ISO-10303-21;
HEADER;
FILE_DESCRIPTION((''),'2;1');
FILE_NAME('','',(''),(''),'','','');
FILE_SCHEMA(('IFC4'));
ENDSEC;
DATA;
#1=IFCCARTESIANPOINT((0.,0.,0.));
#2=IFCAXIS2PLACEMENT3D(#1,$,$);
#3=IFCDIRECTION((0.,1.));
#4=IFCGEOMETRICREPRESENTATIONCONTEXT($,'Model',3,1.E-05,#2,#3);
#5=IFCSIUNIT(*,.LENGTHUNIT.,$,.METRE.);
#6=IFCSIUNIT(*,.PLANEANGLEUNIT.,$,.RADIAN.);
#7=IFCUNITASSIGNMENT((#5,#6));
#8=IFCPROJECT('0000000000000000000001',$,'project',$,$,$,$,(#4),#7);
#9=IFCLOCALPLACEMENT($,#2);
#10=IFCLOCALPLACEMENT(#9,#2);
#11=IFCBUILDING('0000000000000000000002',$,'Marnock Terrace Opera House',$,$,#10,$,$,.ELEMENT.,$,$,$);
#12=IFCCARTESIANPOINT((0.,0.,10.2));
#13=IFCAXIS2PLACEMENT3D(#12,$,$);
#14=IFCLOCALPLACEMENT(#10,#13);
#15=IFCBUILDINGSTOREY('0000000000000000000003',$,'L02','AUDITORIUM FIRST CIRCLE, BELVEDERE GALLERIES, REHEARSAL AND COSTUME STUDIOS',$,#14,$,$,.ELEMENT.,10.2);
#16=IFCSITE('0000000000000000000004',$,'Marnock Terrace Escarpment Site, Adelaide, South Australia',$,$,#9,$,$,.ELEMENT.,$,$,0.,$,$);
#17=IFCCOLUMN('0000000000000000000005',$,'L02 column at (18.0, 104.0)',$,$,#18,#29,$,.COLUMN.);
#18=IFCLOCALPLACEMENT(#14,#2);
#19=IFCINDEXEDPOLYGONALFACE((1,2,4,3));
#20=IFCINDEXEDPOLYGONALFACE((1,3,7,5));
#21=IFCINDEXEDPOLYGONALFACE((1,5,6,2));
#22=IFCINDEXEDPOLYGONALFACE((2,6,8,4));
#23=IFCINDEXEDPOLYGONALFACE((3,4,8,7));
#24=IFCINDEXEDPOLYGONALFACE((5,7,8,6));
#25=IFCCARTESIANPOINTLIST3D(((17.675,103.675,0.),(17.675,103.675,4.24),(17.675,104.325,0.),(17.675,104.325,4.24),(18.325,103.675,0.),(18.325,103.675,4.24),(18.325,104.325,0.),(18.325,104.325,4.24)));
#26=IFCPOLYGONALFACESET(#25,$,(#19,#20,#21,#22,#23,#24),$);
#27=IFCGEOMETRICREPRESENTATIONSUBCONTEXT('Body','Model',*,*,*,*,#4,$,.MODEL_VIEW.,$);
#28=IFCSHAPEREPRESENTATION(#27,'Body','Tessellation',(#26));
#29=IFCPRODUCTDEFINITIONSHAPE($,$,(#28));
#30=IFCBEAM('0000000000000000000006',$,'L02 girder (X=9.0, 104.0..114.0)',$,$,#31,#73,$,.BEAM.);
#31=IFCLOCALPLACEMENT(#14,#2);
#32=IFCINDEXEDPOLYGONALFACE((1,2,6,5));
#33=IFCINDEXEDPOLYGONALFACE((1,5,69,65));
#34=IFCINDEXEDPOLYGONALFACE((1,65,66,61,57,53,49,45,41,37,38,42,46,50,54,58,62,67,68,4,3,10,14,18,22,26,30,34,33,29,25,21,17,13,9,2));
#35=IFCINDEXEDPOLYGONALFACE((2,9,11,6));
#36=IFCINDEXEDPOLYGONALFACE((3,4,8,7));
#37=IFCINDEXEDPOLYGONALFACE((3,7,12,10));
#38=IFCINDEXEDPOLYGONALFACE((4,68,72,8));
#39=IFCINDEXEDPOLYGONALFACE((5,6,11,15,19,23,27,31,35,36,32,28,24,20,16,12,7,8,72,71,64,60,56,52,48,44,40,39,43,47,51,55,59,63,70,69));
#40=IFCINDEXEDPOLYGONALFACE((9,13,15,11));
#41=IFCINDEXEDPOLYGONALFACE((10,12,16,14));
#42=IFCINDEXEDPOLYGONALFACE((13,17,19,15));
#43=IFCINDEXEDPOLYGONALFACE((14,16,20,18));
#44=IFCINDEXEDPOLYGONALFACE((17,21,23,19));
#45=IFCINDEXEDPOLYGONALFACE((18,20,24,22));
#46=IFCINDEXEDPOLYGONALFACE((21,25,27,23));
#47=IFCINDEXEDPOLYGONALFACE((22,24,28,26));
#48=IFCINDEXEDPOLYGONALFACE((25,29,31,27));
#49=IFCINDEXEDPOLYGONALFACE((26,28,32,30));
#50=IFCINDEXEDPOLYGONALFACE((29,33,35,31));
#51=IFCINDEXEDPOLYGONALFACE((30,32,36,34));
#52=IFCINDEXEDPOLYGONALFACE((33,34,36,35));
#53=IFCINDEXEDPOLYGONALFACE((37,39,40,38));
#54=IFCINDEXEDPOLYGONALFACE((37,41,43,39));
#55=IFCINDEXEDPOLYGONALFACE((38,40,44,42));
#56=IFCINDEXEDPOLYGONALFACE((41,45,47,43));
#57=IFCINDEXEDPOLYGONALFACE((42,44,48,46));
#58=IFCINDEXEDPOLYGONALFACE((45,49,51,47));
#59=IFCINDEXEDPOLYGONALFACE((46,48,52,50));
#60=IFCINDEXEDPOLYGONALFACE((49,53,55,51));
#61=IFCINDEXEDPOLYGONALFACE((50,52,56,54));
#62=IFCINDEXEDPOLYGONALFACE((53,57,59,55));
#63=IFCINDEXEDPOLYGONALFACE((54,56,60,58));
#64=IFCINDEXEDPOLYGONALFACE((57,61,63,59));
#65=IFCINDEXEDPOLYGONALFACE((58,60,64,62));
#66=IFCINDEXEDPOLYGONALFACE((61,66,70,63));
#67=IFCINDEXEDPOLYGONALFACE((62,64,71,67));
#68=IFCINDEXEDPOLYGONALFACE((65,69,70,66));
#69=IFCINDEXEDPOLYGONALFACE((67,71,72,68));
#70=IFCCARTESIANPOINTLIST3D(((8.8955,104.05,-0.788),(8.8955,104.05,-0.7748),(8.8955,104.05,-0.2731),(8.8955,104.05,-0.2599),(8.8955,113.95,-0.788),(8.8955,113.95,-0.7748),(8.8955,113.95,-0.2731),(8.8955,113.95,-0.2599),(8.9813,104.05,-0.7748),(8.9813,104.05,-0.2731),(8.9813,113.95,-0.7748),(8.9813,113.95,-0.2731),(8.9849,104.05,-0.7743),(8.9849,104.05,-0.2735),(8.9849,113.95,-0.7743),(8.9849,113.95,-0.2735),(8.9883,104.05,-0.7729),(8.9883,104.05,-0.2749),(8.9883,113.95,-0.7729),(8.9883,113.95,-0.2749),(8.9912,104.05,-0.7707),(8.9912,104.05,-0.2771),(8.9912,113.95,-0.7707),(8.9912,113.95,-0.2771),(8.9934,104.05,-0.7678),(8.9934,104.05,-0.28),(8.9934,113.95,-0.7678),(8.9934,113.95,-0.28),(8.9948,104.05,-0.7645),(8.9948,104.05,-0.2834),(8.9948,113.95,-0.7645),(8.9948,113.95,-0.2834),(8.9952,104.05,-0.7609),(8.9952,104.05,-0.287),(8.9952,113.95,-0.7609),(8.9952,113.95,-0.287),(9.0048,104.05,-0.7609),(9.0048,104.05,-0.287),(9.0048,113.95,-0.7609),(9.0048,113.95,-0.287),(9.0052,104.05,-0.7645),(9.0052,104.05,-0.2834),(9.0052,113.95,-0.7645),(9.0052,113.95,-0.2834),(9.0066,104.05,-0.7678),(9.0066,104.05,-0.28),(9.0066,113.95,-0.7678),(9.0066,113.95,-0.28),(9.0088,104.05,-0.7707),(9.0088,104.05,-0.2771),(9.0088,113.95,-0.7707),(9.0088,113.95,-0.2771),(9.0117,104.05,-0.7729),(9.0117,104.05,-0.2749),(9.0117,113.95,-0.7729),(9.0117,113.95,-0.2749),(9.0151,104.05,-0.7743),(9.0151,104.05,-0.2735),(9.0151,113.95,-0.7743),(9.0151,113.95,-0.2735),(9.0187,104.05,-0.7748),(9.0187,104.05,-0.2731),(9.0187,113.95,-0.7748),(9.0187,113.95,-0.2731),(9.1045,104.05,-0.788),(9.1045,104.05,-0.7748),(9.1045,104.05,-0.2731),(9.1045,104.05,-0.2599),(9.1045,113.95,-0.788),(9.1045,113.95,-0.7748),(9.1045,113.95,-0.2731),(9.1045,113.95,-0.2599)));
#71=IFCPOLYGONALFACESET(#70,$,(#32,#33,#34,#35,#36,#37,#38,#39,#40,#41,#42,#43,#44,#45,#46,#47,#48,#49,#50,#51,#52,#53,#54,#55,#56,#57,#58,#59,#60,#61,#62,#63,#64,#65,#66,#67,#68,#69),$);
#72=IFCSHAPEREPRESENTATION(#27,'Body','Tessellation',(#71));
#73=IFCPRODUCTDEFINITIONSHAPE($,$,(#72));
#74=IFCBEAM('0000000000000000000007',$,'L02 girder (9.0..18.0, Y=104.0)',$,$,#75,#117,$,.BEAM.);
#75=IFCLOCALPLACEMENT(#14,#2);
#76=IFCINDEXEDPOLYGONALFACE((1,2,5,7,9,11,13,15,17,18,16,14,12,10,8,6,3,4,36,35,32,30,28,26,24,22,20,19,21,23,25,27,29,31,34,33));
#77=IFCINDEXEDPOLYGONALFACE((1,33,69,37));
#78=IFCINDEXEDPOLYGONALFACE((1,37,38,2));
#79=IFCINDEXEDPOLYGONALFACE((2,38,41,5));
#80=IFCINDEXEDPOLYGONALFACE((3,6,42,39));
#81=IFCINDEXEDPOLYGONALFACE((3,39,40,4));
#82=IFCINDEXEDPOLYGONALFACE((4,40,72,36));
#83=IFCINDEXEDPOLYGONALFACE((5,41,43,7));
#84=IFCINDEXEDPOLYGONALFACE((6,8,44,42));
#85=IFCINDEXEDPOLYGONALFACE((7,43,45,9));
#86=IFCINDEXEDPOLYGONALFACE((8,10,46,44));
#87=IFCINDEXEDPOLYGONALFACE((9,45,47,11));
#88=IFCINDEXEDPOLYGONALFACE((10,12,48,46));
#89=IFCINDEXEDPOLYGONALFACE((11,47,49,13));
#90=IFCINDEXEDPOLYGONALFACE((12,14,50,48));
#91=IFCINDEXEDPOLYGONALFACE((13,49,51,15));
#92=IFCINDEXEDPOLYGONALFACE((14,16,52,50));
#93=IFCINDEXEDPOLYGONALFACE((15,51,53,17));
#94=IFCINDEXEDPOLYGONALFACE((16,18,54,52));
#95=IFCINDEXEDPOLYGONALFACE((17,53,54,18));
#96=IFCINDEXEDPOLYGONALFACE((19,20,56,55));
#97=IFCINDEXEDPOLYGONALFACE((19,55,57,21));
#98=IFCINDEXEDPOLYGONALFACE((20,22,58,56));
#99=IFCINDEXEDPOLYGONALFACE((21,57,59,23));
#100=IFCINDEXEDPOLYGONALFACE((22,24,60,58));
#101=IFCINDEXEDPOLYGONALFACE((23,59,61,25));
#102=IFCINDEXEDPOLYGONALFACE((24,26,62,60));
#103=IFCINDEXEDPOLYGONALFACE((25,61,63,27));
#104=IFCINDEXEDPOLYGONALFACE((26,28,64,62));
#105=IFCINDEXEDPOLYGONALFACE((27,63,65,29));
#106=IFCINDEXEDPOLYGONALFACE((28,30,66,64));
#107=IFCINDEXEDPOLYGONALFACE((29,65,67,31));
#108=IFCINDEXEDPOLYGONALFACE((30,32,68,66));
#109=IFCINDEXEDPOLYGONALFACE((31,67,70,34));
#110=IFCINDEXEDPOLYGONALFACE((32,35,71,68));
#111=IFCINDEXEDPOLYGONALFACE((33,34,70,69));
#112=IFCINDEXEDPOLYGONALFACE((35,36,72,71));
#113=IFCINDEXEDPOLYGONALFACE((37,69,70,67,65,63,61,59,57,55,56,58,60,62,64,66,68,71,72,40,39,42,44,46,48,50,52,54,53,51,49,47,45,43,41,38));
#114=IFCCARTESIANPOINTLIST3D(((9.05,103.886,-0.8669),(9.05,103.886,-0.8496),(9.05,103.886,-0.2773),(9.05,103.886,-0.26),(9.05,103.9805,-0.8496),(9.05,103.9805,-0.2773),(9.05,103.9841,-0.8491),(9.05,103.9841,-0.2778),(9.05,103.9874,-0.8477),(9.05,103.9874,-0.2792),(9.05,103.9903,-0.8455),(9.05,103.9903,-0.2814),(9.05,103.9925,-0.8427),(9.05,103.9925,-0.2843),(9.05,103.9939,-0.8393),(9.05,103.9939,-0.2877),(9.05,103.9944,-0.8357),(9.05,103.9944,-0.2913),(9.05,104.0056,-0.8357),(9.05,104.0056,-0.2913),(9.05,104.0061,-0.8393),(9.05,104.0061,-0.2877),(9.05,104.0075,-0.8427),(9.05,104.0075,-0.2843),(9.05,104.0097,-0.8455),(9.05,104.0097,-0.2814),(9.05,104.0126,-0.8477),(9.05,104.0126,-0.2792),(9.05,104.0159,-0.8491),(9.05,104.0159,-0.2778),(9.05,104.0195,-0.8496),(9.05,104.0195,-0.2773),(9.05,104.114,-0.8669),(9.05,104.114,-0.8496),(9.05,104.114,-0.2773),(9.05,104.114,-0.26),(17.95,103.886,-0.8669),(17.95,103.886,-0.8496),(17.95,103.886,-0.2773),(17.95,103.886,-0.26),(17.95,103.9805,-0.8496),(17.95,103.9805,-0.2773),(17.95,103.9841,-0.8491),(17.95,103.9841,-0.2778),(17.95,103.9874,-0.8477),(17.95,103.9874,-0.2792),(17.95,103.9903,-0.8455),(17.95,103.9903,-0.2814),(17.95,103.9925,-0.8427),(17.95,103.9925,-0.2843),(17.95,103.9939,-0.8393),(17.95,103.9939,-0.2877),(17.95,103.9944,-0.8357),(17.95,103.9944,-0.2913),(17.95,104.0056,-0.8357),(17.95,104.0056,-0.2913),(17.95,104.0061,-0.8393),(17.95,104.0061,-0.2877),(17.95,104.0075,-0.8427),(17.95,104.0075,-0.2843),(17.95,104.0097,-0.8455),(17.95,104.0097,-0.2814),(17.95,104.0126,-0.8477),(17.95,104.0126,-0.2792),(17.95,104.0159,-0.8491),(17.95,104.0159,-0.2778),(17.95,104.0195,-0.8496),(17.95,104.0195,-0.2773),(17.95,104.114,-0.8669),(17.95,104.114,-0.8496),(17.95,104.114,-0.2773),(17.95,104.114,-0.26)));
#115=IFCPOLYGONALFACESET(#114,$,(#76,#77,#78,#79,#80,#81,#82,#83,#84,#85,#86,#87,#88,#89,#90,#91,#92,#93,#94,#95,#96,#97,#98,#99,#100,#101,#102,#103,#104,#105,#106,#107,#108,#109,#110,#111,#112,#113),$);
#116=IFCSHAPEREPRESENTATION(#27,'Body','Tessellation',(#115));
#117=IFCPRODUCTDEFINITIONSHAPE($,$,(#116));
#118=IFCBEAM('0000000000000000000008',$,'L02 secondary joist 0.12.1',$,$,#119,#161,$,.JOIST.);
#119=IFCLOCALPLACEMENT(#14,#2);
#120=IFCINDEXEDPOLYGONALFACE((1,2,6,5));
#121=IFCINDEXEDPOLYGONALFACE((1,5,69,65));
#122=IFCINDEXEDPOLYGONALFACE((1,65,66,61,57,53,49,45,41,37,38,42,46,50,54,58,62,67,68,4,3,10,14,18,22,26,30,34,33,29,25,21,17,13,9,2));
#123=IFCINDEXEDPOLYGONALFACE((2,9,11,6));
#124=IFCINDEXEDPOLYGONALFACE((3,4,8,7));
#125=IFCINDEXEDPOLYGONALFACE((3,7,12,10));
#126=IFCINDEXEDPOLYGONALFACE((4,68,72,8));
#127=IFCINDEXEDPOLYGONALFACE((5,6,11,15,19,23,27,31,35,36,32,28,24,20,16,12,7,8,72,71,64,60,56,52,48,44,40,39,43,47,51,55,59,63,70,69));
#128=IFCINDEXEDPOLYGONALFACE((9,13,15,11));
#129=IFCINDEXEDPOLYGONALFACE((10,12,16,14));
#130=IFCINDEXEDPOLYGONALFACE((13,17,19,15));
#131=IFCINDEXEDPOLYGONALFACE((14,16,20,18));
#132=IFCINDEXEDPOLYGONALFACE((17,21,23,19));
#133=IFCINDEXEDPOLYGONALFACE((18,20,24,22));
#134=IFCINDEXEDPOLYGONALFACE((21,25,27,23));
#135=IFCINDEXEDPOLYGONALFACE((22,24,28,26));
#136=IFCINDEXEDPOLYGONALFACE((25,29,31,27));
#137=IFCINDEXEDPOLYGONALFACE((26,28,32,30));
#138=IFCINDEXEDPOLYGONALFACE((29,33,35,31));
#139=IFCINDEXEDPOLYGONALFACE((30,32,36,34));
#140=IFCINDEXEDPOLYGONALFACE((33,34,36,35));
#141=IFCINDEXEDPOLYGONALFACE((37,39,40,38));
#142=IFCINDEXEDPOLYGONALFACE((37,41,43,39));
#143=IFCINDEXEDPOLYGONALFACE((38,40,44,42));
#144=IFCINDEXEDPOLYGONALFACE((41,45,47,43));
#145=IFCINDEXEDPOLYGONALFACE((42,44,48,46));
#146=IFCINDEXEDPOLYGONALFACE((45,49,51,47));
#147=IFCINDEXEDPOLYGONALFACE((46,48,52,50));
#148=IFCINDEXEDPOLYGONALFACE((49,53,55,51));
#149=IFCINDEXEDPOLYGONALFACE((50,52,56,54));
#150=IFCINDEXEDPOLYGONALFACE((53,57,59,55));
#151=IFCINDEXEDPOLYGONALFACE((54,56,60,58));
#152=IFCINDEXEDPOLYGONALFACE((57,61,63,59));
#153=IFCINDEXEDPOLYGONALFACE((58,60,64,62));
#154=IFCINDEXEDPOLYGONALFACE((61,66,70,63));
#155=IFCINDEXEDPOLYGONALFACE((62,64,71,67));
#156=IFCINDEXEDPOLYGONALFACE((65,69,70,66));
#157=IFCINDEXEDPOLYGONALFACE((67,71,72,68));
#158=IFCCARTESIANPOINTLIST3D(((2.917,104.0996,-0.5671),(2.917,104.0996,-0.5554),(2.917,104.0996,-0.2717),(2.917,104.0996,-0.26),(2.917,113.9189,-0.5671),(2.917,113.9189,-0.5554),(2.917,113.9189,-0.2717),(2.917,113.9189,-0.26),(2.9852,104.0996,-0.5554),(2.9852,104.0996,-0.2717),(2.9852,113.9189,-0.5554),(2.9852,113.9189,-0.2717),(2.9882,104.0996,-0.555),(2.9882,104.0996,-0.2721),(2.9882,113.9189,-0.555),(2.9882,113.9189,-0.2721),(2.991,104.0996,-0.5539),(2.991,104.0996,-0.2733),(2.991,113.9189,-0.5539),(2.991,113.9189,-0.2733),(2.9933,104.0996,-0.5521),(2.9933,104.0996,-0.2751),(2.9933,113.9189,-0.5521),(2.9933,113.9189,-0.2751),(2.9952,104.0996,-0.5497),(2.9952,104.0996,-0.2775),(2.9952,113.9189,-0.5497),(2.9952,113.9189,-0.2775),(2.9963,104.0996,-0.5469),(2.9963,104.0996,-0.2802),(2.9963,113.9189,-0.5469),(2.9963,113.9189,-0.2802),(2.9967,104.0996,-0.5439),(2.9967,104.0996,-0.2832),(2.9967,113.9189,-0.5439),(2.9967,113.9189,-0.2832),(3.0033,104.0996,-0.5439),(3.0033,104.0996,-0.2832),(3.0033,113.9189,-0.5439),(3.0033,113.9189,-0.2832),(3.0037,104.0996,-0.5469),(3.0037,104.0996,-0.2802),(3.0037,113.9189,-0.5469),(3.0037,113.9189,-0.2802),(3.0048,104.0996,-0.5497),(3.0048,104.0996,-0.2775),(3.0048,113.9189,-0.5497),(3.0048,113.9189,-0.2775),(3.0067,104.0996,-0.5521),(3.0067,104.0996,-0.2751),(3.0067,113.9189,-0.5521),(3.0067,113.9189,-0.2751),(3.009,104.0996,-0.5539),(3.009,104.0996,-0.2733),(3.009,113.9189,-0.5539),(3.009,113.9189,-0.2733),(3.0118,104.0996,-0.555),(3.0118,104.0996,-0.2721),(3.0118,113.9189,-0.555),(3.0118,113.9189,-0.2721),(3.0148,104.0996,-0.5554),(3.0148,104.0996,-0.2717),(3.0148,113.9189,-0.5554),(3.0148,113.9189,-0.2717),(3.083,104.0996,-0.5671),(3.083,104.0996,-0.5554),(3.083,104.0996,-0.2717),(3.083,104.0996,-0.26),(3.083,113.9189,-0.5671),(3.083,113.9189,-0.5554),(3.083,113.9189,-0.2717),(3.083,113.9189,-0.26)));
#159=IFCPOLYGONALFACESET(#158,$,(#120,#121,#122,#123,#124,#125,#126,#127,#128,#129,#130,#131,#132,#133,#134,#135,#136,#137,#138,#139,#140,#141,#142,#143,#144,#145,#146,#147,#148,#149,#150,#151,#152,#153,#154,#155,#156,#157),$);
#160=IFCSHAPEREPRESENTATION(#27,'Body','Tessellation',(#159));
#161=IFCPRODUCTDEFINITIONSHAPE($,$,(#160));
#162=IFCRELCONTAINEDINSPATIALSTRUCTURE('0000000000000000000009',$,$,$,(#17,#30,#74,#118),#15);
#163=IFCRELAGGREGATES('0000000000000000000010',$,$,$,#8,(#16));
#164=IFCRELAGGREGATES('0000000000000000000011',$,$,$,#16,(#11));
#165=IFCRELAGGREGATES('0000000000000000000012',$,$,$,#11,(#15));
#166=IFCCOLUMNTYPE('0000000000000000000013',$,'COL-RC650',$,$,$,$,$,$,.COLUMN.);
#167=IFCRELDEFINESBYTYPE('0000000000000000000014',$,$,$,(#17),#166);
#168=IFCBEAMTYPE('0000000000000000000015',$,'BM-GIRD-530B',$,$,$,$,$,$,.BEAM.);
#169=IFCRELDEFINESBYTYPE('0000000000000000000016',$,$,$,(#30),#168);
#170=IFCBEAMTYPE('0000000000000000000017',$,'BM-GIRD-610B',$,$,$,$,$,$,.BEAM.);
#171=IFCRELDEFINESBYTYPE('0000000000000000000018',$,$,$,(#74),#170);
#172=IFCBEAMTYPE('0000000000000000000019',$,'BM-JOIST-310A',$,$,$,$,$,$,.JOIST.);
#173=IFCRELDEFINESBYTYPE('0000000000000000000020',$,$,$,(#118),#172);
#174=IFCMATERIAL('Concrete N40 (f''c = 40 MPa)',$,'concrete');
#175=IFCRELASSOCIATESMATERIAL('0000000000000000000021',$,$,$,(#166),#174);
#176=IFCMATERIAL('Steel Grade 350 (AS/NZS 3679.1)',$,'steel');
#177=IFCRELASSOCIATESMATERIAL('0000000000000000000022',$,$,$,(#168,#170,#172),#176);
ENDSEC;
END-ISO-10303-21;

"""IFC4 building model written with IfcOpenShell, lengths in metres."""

from ifc_helpers import new_model, si_unit, direction, frame, origin, origin_2d, place, context, subcontext, project, spatial, rectangle, i_section, extrude, material, material_profile, profile_set, type_object, element, save


model = new_model("IFC4")

# Units and contexts
model_context = context("Model", 3, precision=1e-05, world=origin(), true_north=direction((0.0, 1.0)))
body_context = subcontext(model_context, "Body", "Model", "MODEL_VIEW")
ifc_project = project(units=[si_unit("LENGTHUNIT", "METRE"), si_unit("PLANEANGLEUNIT", "RADIAN")], contexts=[model_context])

# Site, building, storey
site_placement = place(None, origin())
site = spatial("IfcSite", under=ifc_project, at=site_placement, Name="Marnock Terrace Escarpment Site, Adelaide, South Australia", CompositionType="ELEMENT", RefElevation=0.0)
building_placement = place(site_placement, origin())
building = spatial("IfcBuilding", under=site, at=building_placement, Name="Marnock Terrace Opera House", CompositionType="ELEMENT")
storey_placement = place(building_placement, frame((0.0, 0.0, 10.2)))
storey = spatial("IfcBuildingStorey", under=building, at=storey_placement, Name="L02", Description="AUDITORIUM FIRST CIRCLE, BELVEDERE GALLERIES, REHEARSAL AND COSTUME STUDIOS", CompositionType="ELEMENT", Elevation=10.2)

# Column
ifc_material_1 = material(Name="Concrete N40 (f'c = 40 MPa)", Category="concrete")
ifc_material_profile_1 = material_profile(ifc_material_1, rectangle(XDim=0.6499, YDim=0.6499, at=origin_2d()))
ifc_profile_set_1 = profile_set([ifc_material_profile_1], Name="Concrete N40 (f'c = 40 MPa)")
column_type = type_object("IfcColumnType", Name="COL-RC650", PredefinedType="COLUMN", material=ifc_profile_set_1)
column_placement = place(storey_placement, frame((18.0, 104.0, 0.0), z_axis=(0.0, 0.0, 1.0), x_axis=(1.0, 0.0, 0.0)))
element("IfcColumn", 1, at=column_placement, inside=storey, type_object=column_type, Name="L02 column at (18.0, 104.0)", PredefinedType="COLUMN", context=body_context, shape_type="SweptSolid", body=[
    extrude(rectangle(XDim=0.6499, YDim=0.6499, at=origin_2d()), origin(), (0.0, 0.0, 1.0), 4.24),
])

# Beams
ifc_material_2 = material(Name="Steel Grade 350 (AS/NZS 3679.1)", Category="steel")
ifc_material_profile_2 = material_profile(ifc_material_2, i_section(OverallWidth=0.209, OverallDepth=0.5281, WebThickness=0.0095, FlangeThickness=0.0132, FilletRadius=0.0139, at=origin_2d()))
ifc_profile_set_2 = profile_set([ifc_material_profile_2], Name="Steel Grade 350 (AS/NZS 3679.1)")
beam_type_1 = type_object("IfcBeamType", Name="BM-GIRD-530B", PredefinedType="BEAM", material=ifc_profile_set_2)
beam_1_placement = place(storey_placement, frame((9.0, 104.05, -0.5239), z_axis=(0.0, 1.0, 0.0), x_axis=(-1.0, 0.0, 0.0)))
element("IfcBeam", 2, at=beam_1_placement, inside=storey, type_object=beam_type_1, Name="L02 girder (X=9.0, 104.0..114.0)", PredefinedType="BEAM", context=body_context, shape_type="SweptSolid", body=[
    extrude(i_section(OverallWidth=0.209, OverallDepth=0.5281, WebThickness=0.0095, FlangeThickness=0.0132, FilletRadius=0.0139, at=origin_2d()), origin(), (0.0, 0.0, 1.0), 9.8999),
])
ifc_material_profile_3 = material_profile(ifc_material_2, i_section(OverallWidth=0.228, OverallDepth=0.6069, WebThickness=0.0112, FlangeThickness=0.0173, FilletRadius=0.0139, at=origin_2d()))
ifc_profile_set_3 = profile_set([ifc_material_profile_3], Name="Steel Grade 350 (AS/NZS 3679.1)")
beam_type_2 = type_object("IfcBeamType", Name="BM-GIRD-610B", PredefinedType="BEAM", material=ifc_profile_set_3)
beam_2_placement = place(storey_placement, frame((9.05, 104.0, -0.5635), z_axis=(1.0, 0.0, 0.0), x_axis=(0.0, 1.0, 0.0)))
element("IfcBeam", 3, at=beam_2_placement, inside=storey, type_object=beam_type_2, Name="L02 girder (9.0..18.0, Y=104.0)", PredefinedType="BEAM", context=body_context, shape_type="SweptSolid", body=[
    extrude(i_section(OverallWidth=0.228, OverallDepth=0.6069, WebThickness=0.0112, FlangeThickness=0.0173, FilletRadius=0.0139, at=origin_2d()), origin(), (0.0, 0.0, 1.0), 8.8999),
])
ifc_material_profile_4 = material_profile(ifc_material_2, i_section(OverallWidth=0.166, OverallDepth=0.3071, WebThickness=0.0066, FlangeThickness=0.0117, FilletRadius=0.0115, at=origin_2d()))
ifc_profile_set_4 = profile_set([ifc_material_profile_4], Name="Steel Grade 350 (AS/NZS 3679.1)")
beam_type_3 = type_object("IfcBeamType", Name="BM-JOIST-310A", PredefinedType="JOIST", material=ifc_profile_set_4)
for number, where, z_axis, x_axis, name in (
    (4, (3.0, 104.0996, -0.4136), (0.0, 1.0, 0.0), (-1.0, 0.0, 0.0), "L02 secondary joist 0.12.1"),
):
    element("IfcBeam", number, at=place(storey_placement, frame(where, z_axis=z_axis, x_axis=x_axis)), inside=storey, type_object=beam_type_3, Name=name, PredefinedType="JOIST", context=body_context, shape_type="SweptSolid", body=[
        extrude(i_section(OverallWidth=0.166, OverallDepth=0.3071, WebThickness=0.0066, FlangeThickness=0.0117, FilletRadius=0.0115, at=origin_2d()), origin(), (0.0, 0.0, 1.0), 9.8193),
    ])

save(model, "model.ifc")
